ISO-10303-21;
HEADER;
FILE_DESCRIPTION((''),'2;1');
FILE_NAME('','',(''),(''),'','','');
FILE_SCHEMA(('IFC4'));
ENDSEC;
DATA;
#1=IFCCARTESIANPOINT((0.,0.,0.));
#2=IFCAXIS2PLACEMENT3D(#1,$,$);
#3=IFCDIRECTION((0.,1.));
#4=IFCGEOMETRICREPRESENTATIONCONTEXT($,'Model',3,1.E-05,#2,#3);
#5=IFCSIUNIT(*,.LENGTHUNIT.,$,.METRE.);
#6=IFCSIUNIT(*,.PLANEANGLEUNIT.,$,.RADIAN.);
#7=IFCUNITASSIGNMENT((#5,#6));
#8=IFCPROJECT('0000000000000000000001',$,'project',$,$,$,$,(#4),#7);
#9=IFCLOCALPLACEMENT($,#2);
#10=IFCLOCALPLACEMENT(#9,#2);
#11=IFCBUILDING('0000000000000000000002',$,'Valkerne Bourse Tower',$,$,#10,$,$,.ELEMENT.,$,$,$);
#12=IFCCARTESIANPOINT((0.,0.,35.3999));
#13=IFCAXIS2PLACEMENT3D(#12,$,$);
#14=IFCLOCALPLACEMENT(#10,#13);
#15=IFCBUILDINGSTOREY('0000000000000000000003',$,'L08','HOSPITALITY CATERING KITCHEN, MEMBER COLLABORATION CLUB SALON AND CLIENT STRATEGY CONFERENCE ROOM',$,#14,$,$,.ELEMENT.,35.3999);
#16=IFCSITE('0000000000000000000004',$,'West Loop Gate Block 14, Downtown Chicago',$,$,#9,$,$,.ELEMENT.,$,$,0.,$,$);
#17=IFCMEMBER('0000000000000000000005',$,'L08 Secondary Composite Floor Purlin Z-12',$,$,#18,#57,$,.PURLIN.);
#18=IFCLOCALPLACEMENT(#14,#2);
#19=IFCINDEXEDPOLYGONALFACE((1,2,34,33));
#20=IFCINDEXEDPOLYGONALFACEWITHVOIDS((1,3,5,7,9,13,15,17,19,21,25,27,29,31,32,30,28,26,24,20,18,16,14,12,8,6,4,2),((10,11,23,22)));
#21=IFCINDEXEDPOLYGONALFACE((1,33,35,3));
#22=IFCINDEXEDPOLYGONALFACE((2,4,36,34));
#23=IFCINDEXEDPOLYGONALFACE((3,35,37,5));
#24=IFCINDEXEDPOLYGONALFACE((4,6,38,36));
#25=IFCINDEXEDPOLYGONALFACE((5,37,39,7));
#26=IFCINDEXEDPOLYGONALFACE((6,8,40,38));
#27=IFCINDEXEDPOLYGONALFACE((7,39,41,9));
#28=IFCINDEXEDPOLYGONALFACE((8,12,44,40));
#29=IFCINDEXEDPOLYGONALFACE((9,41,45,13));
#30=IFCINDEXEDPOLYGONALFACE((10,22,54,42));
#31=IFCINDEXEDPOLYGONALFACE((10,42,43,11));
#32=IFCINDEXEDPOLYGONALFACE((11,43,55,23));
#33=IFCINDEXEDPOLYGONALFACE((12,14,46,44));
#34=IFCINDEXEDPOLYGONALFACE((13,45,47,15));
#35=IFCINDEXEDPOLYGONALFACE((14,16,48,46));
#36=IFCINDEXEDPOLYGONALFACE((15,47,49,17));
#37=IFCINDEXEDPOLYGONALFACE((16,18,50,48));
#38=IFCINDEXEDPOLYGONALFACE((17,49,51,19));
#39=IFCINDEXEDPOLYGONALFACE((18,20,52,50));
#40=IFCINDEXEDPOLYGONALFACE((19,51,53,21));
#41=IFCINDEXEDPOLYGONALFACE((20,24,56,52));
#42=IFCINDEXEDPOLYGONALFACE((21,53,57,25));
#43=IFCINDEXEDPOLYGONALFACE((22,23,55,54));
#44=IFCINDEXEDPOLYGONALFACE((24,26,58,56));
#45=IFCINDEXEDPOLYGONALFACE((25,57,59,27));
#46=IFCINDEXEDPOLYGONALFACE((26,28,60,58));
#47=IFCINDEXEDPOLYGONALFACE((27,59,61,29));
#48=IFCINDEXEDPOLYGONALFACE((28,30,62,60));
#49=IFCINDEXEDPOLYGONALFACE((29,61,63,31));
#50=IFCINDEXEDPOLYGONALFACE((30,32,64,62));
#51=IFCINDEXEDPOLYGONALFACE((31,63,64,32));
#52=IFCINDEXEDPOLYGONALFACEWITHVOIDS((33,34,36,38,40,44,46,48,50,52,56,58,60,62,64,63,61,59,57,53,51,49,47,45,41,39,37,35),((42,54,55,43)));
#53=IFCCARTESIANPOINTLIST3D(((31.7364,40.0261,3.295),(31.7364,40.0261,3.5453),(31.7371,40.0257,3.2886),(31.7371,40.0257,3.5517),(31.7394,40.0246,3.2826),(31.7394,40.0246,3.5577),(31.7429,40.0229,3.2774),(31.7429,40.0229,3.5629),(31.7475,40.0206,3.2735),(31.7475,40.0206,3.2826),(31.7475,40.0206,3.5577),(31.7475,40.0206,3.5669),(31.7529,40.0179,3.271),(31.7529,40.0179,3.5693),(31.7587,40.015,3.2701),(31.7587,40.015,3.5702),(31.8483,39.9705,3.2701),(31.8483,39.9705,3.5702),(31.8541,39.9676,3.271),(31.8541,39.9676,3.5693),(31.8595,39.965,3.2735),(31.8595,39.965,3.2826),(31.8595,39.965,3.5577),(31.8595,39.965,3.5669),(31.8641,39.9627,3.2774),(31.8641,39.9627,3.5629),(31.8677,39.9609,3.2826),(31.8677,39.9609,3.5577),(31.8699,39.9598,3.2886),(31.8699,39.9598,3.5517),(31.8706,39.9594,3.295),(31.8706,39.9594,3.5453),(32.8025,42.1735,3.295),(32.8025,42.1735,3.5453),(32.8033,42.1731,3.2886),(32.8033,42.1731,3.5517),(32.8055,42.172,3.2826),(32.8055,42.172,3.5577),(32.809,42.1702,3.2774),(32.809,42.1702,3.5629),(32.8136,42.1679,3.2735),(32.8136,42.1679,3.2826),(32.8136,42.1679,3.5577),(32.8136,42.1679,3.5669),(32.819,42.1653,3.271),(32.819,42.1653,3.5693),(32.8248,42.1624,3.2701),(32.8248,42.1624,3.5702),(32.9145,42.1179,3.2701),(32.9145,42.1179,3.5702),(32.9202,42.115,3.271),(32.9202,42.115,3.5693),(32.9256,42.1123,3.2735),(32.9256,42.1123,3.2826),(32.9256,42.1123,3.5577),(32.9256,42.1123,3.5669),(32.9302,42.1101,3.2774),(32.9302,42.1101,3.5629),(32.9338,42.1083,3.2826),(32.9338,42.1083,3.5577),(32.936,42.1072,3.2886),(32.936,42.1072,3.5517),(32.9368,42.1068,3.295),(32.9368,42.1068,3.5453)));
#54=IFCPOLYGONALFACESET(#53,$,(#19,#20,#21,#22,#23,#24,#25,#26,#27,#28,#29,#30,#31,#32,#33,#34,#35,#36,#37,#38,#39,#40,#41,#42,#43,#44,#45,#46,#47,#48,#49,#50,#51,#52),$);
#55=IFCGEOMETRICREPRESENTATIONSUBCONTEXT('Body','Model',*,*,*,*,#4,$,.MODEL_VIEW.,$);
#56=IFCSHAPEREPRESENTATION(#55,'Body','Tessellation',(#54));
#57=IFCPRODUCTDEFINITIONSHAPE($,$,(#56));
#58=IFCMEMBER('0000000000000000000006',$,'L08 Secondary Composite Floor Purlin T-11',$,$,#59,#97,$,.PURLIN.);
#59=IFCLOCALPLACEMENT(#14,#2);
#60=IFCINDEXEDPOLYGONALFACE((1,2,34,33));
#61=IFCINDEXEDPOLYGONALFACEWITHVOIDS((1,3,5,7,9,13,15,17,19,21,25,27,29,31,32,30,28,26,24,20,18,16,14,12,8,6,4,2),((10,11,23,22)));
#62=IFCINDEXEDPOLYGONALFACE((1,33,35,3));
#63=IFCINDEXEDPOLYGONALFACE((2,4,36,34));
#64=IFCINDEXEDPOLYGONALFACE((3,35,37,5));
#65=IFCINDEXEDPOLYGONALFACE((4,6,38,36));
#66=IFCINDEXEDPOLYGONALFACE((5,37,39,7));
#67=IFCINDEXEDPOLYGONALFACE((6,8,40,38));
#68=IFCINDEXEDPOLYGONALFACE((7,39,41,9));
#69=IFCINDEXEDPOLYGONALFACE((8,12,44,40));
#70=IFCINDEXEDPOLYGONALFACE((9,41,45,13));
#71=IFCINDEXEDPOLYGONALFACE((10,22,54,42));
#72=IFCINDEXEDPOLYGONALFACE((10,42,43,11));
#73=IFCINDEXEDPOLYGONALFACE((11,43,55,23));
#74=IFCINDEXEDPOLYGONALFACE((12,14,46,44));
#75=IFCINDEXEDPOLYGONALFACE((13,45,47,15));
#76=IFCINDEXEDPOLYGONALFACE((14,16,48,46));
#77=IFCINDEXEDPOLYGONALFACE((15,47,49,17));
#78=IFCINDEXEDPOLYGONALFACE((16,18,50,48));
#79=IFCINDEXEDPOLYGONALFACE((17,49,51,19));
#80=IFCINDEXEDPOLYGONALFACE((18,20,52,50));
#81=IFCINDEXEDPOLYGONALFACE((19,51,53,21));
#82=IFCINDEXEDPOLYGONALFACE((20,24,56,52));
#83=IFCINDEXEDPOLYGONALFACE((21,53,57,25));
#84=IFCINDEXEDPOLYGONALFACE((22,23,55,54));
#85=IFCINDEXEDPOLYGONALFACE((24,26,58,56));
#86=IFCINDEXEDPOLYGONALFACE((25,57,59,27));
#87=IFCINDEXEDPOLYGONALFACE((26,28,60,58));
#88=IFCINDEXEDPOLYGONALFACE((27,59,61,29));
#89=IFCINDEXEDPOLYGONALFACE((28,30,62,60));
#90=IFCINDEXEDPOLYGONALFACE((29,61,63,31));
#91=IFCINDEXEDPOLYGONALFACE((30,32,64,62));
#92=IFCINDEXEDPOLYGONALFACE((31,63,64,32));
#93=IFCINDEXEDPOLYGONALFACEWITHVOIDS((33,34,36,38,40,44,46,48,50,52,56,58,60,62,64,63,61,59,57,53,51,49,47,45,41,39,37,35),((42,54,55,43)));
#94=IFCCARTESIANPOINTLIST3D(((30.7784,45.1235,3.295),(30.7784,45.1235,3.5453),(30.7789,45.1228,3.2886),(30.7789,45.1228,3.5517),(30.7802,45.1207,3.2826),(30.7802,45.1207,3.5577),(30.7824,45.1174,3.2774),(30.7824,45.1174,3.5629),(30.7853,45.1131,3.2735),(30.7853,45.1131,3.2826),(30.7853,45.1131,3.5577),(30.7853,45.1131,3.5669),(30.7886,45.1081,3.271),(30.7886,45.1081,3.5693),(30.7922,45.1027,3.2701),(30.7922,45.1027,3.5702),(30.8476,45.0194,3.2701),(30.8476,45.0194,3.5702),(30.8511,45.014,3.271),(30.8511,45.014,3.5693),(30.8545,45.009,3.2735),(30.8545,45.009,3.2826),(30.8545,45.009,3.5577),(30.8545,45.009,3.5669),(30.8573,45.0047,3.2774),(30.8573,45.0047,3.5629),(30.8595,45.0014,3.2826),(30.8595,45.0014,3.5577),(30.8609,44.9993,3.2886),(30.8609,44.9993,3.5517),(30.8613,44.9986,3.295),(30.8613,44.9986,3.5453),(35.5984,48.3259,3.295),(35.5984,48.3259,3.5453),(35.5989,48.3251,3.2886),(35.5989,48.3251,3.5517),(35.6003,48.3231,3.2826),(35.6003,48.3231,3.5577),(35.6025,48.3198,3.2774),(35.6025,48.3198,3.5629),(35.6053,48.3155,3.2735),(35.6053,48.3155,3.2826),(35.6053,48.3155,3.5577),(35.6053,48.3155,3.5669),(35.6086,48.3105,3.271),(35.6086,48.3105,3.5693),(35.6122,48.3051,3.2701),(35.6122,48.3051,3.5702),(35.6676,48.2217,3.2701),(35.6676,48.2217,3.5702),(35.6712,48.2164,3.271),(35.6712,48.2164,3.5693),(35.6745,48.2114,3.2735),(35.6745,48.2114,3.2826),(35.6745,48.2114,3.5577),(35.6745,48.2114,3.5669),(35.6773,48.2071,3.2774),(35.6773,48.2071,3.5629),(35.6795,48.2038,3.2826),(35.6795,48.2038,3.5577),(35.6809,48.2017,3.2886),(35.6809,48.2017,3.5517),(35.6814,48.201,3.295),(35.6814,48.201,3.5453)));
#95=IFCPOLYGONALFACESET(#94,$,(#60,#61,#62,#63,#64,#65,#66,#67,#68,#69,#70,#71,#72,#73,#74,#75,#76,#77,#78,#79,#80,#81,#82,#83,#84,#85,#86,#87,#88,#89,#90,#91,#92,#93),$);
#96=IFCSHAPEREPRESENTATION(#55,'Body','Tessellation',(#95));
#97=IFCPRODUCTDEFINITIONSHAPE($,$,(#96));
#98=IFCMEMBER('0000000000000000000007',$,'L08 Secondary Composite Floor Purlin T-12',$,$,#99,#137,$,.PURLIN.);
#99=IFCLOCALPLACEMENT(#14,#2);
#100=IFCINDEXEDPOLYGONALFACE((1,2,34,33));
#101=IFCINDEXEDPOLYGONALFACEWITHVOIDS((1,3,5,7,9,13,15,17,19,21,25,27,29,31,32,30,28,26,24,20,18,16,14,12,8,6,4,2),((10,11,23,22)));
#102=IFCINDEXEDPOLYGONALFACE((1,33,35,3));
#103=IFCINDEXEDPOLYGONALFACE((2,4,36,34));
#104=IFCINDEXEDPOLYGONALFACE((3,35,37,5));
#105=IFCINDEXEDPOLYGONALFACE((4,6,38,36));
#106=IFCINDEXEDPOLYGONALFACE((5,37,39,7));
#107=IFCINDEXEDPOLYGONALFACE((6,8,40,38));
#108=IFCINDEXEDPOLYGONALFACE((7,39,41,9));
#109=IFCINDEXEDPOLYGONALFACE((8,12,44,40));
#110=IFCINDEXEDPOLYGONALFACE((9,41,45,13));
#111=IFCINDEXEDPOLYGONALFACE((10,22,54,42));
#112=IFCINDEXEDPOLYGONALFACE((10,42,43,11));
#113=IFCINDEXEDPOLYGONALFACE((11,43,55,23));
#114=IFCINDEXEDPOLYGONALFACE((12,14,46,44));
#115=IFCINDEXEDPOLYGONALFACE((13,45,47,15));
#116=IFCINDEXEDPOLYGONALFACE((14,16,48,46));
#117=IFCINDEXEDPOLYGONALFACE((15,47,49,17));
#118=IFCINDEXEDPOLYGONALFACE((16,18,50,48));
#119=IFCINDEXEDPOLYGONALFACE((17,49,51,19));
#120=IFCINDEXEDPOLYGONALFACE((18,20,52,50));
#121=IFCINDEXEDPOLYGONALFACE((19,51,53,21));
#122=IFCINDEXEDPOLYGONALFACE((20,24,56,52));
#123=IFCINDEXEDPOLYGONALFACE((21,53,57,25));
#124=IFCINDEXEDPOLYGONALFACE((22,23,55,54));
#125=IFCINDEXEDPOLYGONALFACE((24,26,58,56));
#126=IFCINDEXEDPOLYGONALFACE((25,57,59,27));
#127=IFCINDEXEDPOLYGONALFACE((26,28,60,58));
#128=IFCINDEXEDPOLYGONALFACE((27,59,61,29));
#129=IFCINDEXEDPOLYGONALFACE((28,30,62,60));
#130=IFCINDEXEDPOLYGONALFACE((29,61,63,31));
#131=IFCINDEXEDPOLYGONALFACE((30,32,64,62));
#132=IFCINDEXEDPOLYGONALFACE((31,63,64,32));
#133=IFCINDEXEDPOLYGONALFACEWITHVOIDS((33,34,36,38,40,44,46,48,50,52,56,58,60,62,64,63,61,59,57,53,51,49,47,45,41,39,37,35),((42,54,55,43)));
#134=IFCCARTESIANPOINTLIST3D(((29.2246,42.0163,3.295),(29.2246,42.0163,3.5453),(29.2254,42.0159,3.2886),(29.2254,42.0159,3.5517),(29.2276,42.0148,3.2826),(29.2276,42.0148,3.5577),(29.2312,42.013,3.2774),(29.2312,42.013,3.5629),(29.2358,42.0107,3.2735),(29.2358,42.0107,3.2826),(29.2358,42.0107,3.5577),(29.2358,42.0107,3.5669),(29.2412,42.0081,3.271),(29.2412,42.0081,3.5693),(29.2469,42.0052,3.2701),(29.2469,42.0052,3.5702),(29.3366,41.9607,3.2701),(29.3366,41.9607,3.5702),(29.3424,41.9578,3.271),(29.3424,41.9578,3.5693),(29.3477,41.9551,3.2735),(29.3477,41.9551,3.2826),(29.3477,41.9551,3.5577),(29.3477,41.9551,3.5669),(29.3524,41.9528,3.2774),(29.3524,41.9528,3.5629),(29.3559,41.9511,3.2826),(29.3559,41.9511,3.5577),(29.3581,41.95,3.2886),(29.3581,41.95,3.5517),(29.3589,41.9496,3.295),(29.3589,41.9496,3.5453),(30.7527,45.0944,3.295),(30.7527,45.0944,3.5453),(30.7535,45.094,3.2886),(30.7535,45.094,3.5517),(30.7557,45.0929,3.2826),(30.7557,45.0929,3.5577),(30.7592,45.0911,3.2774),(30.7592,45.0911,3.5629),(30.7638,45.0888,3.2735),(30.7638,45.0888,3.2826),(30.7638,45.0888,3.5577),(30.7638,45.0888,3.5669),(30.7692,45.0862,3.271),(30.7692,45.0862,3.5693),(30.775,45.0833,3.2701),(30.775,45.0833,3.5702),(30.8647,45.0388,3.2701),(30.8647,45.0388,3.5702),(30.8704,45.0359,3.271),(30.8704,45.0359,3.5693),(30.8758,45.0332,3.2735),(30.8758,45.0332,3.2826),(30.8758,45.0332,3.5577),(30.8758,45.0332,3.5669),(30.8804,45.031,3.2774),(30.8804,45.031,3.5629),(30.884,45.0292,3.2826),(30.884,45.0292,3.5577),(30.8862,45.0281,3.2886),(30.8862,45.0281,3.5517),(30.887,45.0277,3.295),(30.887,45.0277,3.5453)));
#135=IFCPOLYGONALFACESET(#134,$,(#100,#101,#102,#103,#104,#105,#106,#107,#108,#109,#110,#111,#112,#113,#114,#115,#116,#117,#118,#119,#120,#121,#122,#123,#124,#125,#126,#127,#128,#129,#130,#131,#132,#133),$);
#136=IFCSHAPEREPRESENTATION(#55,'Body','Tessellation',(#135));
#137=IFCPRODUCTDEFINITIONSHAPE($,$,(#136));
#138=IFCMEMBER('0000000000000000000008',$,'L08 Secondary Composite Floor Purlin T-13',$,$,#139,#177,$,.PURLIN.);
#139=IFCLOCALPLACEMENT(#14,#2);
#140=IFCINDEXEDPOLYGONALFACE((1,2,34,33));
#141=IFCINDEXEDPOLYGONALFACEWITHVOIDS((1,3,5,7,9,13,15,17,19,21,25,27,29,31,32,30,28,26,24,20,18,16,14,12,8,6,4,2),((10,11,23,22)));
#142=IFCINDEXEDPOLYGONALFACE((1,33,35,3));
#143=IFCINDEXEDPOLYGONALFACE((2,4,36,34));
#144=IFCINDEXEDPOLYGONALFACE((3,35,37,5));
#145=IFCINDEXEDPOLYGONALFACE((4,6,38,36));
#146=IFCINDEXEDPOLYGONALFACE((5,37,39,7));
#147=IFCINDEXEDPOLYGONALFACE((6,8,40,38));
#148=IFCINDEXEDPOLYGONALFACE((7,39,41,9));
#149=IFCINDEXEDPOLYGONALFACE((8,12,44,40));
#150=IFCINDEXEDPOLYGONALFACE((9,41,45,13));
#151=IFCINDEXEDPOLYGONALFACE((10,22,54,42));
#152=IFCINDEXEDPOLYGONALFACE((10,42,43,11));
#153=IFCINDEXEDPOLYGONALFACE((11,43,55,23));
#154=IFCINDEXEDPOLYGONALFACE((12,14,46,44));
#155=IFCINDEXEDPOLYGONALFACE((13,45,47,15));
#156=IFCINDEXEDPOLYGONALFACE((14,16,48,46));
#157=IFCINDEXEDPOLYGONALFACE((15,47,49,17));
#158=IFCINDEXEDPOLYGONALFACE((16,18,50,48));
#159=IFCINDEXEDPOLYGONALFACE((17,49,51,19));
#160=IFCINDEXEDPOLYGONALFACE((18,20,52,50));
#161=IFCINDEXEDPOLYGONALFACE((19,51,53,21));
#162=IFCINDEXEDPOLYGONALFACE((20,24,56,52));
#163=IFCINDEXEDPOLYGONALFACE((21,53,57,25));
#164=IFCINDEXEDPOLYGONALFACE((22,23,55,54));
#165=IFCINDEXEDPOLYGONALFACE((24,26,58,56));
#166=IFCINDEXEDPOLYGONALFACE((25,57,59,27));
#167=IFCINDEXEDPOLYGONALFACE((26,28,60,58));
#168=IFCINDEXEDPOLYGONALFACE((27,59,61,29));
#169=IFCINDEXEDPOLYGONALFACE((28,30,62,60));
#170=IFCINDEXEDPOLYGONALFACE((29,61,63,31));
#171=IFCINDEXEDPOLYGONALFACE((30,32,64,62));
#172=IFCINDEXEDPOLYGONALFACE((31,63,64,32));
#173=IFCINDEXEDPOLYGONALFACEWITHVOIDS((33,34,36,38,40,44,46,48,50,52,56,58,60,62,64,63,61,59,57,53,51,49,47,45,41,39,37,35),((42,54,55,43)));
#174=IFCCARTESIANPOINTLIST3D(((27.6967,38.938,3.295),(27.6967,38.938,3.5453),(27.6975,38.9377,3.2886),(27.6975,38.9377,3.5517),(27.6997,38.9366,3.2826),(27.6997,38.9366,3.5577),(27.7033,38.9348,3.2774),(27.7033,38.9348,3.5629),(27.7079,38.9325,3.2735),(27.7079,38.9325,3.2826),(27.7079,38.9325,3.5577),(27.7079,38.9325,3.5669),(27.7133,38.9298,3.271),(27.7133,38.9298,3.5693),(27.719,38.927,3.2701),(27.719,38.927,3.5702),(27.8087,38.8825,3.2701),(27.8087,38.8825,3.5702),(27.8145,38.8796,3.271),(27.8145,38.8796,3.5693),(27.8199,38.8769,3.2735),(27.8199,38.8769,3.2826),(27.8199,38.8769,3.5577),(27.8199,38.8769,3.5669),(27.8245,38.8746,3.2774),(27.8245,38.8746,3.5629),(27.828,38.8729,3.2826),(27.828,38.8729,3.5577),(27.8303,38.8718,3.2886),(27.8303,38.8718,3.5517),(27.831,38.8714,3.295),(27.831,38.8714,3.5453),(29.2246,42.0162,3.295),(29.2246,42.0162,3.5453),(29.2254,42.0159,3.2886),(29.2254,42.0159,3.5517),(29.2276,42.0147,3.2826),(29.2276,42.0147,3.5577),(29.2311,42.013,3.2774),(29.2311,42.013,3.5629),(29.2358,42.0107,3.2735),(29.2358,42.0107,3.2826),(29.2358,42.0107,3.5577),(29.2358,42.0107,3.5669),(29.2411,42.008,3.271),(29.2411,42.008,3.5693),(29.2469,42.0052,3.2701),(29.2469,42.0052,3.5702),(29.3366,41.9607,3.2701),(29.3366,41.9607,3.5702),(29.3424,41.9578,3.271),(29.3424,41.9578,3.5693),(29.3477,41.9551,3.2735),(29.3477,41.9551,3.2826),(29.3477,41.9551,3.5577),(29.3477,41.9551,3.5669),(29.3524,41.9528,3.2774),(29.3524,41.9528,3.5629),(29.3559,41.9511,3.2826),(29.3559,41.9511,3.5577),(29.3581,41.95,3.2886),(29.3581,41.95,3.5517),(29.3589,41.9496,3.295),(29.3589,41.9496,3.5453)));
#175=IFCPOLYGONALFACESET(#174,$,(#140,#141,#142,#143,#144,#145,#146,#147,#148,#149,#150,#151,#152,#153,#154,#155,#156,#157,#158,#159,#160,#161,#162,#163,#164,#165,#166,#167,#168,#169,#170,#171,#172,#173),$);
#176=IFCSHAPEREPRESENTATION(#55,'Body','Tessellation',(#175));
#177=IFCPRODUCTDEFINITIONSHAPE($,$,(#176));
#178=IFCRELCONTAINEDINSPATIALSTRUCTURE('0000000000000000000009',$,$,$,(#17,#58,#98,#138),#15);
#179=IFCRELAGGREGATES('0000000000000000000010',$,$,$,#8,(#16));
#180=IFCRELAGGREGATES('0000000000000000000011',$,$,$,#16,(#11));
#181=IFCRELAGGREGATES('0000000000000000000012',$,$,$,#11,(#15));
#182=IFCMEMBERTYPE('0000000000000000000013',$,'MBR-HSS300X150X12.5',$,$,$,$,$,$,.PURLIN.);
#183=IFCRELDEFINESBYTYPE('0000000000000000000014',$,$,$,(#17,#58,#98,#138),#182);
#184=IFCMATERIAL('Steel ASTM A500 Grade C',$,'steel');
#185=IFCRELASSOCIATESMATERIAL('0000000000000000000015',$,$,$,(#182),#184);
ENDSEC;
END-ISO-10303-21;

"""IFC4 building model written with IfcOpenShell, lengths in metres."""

from ifc_helpers import new_model, si_unit, direction, frame, origin, origin_2d, place, context, subcontext, project, spatial, hollow_rectangle, extrude, material, material_profile, profile_set, type_object, element, save


model = new_model("IFC4")

# Units and contexts
model_context = context("Model", 3, precision=1e-05, world=origin(), true_north=direction((0.0, 1.0)))
body_context = subcontext(model_context, "Body", "Model", "MODEL_VIEW")
ifc_project = project(units=[si_unit("LENGTHUNIT", "METRE"), si_unit("PLANEANGLEUNIT", "RADIAN")], contexts=[model_context])

# Site, building, storey
site_placement = place(None, origin())
site = spatial("IfcSite", under=ifc_project, at=site_placement, Name="West Loop Gate Block 14, Downtown Chicago", CompositionType="ELEMENT", RefElevation=0.0)
building_placement = place(site_placement, origin())
building = spatial("IfcBuilding", under=site, at=building_placement, Name="Valkerne Bourse Tower", CompositionType="ELEMENT")
storey_placement = place(building_placement, frame((0.0, 0.0, 35.3999)))
storey = spatial("IfcBuildingStorey", under=building, at=storey_placement, Name="L08", Description="HOSPITALITY CATERING KITCHEN, MEMBER COLLABORATION CLUB SALON AND CLIENT STRATEGY CONFERENCE ROOM", CompositionType="ELEMENT", Elevation=35.3999)

# Members
ifc_material_1 = material(Name="Steel ASTM A500 Grade C", Category="steel")
ifc_material_profile_1 = material_profile(ifc_material_1, hollow_rectangle(XDim=0.1499, YDim=0.3, WallThickness=0.0125, OuterFilletRadius=0.0249, at=origin_2d()), Name="HSS300X150X12.5")
ifc_profile_set_1 = profile_set([ifc_material_profile_1], Name="Steel ASTM A500 Grade C")
member_type_1 = type_object("IfcMemberType", Name="MBR-HSS300X150X12.5", PredefinedType="PURLIN", material=ifc_profile_set_1)
member_1_placement = place(storey_placement, frame((32.8696, 42.1401, 3.4202), z_axis=(-0.444686, -0.895686, 0.0), x_axis=(0.895686, -0.444686, 0.0)))
element("IfcMember", 1, at=member_1_placement, inside=storey, type_object=member_type_1, Name="L08 Secondary Composite Floor Purlin Z-12", PredefinedType="PURLIN", context=body_context, shape_type="SweptSolid", body=[
    extrude(hollow_rectangle(XDim=0.1499, YDim=0.3, WallThickness=0.0125, OuterFilletRadius=0.0249, at=origin_2d()), origin(), (0.0, 0.0, 1.0), 2.3975),
])
member_2_placement = place(storey_placement, frame((35.6399, 48.2634, 3.4202), z_axis=(-0.832925, -0.553385, 0.0), x_axis=(0.553385, -0.832925, 0.0)))
element("IfcMember", 2, at=member_2_placement, inside=storey, type_object=member_type_1, Name="L08 Secondary Composite Floor Purlin T-11", PredefinedType="PURLIN", context=body_context, shape_type="SweptSolid", body=[
    extrude(hollow_rectangle(XDim=0.1499, YDim=0.3, WallThickness=0.0125, OuterFilletRadius=0.0249, at=origin_2d()), origin(), (0.0, 0.0, 1.0), 5.7869),
])
for number, where, z_axis, x_axis, name in (
    (3, (30.8198, 45.061, 3.4202), (-0.444654, -0.895702, 0.0), (0.895702, -0.444654, 0.0), "L08 Secondary Composite Floor Purlin T-12"),
    (4, (29.2917, 41.9829, 3.4202), (-0.444597, -0.895731, 0.0), (0.895731, -0.444597, 0.0), "L08 Secondary Composite Floor Purlin T-13"),
):
    element("IfcMember", number, at=place(storey_placement, frame(where, z_axis=z_axis, x_axis=x_axis)), inside=storey, type_object=member_type_1, Name=name, PredefinedType="PURLIN", context=body_context, shape_type="SweptSolid", body=[
        extrude(hollow_rectangle(XDim=0.1499, YDim=0.3, WallThickness=0.0125, OuterFilletRadius=0.0249, at=origin_2d()), origin(), (0.0, 0.0, 1.0), 3.4365),
    ])

save(model, "model.ifc")
